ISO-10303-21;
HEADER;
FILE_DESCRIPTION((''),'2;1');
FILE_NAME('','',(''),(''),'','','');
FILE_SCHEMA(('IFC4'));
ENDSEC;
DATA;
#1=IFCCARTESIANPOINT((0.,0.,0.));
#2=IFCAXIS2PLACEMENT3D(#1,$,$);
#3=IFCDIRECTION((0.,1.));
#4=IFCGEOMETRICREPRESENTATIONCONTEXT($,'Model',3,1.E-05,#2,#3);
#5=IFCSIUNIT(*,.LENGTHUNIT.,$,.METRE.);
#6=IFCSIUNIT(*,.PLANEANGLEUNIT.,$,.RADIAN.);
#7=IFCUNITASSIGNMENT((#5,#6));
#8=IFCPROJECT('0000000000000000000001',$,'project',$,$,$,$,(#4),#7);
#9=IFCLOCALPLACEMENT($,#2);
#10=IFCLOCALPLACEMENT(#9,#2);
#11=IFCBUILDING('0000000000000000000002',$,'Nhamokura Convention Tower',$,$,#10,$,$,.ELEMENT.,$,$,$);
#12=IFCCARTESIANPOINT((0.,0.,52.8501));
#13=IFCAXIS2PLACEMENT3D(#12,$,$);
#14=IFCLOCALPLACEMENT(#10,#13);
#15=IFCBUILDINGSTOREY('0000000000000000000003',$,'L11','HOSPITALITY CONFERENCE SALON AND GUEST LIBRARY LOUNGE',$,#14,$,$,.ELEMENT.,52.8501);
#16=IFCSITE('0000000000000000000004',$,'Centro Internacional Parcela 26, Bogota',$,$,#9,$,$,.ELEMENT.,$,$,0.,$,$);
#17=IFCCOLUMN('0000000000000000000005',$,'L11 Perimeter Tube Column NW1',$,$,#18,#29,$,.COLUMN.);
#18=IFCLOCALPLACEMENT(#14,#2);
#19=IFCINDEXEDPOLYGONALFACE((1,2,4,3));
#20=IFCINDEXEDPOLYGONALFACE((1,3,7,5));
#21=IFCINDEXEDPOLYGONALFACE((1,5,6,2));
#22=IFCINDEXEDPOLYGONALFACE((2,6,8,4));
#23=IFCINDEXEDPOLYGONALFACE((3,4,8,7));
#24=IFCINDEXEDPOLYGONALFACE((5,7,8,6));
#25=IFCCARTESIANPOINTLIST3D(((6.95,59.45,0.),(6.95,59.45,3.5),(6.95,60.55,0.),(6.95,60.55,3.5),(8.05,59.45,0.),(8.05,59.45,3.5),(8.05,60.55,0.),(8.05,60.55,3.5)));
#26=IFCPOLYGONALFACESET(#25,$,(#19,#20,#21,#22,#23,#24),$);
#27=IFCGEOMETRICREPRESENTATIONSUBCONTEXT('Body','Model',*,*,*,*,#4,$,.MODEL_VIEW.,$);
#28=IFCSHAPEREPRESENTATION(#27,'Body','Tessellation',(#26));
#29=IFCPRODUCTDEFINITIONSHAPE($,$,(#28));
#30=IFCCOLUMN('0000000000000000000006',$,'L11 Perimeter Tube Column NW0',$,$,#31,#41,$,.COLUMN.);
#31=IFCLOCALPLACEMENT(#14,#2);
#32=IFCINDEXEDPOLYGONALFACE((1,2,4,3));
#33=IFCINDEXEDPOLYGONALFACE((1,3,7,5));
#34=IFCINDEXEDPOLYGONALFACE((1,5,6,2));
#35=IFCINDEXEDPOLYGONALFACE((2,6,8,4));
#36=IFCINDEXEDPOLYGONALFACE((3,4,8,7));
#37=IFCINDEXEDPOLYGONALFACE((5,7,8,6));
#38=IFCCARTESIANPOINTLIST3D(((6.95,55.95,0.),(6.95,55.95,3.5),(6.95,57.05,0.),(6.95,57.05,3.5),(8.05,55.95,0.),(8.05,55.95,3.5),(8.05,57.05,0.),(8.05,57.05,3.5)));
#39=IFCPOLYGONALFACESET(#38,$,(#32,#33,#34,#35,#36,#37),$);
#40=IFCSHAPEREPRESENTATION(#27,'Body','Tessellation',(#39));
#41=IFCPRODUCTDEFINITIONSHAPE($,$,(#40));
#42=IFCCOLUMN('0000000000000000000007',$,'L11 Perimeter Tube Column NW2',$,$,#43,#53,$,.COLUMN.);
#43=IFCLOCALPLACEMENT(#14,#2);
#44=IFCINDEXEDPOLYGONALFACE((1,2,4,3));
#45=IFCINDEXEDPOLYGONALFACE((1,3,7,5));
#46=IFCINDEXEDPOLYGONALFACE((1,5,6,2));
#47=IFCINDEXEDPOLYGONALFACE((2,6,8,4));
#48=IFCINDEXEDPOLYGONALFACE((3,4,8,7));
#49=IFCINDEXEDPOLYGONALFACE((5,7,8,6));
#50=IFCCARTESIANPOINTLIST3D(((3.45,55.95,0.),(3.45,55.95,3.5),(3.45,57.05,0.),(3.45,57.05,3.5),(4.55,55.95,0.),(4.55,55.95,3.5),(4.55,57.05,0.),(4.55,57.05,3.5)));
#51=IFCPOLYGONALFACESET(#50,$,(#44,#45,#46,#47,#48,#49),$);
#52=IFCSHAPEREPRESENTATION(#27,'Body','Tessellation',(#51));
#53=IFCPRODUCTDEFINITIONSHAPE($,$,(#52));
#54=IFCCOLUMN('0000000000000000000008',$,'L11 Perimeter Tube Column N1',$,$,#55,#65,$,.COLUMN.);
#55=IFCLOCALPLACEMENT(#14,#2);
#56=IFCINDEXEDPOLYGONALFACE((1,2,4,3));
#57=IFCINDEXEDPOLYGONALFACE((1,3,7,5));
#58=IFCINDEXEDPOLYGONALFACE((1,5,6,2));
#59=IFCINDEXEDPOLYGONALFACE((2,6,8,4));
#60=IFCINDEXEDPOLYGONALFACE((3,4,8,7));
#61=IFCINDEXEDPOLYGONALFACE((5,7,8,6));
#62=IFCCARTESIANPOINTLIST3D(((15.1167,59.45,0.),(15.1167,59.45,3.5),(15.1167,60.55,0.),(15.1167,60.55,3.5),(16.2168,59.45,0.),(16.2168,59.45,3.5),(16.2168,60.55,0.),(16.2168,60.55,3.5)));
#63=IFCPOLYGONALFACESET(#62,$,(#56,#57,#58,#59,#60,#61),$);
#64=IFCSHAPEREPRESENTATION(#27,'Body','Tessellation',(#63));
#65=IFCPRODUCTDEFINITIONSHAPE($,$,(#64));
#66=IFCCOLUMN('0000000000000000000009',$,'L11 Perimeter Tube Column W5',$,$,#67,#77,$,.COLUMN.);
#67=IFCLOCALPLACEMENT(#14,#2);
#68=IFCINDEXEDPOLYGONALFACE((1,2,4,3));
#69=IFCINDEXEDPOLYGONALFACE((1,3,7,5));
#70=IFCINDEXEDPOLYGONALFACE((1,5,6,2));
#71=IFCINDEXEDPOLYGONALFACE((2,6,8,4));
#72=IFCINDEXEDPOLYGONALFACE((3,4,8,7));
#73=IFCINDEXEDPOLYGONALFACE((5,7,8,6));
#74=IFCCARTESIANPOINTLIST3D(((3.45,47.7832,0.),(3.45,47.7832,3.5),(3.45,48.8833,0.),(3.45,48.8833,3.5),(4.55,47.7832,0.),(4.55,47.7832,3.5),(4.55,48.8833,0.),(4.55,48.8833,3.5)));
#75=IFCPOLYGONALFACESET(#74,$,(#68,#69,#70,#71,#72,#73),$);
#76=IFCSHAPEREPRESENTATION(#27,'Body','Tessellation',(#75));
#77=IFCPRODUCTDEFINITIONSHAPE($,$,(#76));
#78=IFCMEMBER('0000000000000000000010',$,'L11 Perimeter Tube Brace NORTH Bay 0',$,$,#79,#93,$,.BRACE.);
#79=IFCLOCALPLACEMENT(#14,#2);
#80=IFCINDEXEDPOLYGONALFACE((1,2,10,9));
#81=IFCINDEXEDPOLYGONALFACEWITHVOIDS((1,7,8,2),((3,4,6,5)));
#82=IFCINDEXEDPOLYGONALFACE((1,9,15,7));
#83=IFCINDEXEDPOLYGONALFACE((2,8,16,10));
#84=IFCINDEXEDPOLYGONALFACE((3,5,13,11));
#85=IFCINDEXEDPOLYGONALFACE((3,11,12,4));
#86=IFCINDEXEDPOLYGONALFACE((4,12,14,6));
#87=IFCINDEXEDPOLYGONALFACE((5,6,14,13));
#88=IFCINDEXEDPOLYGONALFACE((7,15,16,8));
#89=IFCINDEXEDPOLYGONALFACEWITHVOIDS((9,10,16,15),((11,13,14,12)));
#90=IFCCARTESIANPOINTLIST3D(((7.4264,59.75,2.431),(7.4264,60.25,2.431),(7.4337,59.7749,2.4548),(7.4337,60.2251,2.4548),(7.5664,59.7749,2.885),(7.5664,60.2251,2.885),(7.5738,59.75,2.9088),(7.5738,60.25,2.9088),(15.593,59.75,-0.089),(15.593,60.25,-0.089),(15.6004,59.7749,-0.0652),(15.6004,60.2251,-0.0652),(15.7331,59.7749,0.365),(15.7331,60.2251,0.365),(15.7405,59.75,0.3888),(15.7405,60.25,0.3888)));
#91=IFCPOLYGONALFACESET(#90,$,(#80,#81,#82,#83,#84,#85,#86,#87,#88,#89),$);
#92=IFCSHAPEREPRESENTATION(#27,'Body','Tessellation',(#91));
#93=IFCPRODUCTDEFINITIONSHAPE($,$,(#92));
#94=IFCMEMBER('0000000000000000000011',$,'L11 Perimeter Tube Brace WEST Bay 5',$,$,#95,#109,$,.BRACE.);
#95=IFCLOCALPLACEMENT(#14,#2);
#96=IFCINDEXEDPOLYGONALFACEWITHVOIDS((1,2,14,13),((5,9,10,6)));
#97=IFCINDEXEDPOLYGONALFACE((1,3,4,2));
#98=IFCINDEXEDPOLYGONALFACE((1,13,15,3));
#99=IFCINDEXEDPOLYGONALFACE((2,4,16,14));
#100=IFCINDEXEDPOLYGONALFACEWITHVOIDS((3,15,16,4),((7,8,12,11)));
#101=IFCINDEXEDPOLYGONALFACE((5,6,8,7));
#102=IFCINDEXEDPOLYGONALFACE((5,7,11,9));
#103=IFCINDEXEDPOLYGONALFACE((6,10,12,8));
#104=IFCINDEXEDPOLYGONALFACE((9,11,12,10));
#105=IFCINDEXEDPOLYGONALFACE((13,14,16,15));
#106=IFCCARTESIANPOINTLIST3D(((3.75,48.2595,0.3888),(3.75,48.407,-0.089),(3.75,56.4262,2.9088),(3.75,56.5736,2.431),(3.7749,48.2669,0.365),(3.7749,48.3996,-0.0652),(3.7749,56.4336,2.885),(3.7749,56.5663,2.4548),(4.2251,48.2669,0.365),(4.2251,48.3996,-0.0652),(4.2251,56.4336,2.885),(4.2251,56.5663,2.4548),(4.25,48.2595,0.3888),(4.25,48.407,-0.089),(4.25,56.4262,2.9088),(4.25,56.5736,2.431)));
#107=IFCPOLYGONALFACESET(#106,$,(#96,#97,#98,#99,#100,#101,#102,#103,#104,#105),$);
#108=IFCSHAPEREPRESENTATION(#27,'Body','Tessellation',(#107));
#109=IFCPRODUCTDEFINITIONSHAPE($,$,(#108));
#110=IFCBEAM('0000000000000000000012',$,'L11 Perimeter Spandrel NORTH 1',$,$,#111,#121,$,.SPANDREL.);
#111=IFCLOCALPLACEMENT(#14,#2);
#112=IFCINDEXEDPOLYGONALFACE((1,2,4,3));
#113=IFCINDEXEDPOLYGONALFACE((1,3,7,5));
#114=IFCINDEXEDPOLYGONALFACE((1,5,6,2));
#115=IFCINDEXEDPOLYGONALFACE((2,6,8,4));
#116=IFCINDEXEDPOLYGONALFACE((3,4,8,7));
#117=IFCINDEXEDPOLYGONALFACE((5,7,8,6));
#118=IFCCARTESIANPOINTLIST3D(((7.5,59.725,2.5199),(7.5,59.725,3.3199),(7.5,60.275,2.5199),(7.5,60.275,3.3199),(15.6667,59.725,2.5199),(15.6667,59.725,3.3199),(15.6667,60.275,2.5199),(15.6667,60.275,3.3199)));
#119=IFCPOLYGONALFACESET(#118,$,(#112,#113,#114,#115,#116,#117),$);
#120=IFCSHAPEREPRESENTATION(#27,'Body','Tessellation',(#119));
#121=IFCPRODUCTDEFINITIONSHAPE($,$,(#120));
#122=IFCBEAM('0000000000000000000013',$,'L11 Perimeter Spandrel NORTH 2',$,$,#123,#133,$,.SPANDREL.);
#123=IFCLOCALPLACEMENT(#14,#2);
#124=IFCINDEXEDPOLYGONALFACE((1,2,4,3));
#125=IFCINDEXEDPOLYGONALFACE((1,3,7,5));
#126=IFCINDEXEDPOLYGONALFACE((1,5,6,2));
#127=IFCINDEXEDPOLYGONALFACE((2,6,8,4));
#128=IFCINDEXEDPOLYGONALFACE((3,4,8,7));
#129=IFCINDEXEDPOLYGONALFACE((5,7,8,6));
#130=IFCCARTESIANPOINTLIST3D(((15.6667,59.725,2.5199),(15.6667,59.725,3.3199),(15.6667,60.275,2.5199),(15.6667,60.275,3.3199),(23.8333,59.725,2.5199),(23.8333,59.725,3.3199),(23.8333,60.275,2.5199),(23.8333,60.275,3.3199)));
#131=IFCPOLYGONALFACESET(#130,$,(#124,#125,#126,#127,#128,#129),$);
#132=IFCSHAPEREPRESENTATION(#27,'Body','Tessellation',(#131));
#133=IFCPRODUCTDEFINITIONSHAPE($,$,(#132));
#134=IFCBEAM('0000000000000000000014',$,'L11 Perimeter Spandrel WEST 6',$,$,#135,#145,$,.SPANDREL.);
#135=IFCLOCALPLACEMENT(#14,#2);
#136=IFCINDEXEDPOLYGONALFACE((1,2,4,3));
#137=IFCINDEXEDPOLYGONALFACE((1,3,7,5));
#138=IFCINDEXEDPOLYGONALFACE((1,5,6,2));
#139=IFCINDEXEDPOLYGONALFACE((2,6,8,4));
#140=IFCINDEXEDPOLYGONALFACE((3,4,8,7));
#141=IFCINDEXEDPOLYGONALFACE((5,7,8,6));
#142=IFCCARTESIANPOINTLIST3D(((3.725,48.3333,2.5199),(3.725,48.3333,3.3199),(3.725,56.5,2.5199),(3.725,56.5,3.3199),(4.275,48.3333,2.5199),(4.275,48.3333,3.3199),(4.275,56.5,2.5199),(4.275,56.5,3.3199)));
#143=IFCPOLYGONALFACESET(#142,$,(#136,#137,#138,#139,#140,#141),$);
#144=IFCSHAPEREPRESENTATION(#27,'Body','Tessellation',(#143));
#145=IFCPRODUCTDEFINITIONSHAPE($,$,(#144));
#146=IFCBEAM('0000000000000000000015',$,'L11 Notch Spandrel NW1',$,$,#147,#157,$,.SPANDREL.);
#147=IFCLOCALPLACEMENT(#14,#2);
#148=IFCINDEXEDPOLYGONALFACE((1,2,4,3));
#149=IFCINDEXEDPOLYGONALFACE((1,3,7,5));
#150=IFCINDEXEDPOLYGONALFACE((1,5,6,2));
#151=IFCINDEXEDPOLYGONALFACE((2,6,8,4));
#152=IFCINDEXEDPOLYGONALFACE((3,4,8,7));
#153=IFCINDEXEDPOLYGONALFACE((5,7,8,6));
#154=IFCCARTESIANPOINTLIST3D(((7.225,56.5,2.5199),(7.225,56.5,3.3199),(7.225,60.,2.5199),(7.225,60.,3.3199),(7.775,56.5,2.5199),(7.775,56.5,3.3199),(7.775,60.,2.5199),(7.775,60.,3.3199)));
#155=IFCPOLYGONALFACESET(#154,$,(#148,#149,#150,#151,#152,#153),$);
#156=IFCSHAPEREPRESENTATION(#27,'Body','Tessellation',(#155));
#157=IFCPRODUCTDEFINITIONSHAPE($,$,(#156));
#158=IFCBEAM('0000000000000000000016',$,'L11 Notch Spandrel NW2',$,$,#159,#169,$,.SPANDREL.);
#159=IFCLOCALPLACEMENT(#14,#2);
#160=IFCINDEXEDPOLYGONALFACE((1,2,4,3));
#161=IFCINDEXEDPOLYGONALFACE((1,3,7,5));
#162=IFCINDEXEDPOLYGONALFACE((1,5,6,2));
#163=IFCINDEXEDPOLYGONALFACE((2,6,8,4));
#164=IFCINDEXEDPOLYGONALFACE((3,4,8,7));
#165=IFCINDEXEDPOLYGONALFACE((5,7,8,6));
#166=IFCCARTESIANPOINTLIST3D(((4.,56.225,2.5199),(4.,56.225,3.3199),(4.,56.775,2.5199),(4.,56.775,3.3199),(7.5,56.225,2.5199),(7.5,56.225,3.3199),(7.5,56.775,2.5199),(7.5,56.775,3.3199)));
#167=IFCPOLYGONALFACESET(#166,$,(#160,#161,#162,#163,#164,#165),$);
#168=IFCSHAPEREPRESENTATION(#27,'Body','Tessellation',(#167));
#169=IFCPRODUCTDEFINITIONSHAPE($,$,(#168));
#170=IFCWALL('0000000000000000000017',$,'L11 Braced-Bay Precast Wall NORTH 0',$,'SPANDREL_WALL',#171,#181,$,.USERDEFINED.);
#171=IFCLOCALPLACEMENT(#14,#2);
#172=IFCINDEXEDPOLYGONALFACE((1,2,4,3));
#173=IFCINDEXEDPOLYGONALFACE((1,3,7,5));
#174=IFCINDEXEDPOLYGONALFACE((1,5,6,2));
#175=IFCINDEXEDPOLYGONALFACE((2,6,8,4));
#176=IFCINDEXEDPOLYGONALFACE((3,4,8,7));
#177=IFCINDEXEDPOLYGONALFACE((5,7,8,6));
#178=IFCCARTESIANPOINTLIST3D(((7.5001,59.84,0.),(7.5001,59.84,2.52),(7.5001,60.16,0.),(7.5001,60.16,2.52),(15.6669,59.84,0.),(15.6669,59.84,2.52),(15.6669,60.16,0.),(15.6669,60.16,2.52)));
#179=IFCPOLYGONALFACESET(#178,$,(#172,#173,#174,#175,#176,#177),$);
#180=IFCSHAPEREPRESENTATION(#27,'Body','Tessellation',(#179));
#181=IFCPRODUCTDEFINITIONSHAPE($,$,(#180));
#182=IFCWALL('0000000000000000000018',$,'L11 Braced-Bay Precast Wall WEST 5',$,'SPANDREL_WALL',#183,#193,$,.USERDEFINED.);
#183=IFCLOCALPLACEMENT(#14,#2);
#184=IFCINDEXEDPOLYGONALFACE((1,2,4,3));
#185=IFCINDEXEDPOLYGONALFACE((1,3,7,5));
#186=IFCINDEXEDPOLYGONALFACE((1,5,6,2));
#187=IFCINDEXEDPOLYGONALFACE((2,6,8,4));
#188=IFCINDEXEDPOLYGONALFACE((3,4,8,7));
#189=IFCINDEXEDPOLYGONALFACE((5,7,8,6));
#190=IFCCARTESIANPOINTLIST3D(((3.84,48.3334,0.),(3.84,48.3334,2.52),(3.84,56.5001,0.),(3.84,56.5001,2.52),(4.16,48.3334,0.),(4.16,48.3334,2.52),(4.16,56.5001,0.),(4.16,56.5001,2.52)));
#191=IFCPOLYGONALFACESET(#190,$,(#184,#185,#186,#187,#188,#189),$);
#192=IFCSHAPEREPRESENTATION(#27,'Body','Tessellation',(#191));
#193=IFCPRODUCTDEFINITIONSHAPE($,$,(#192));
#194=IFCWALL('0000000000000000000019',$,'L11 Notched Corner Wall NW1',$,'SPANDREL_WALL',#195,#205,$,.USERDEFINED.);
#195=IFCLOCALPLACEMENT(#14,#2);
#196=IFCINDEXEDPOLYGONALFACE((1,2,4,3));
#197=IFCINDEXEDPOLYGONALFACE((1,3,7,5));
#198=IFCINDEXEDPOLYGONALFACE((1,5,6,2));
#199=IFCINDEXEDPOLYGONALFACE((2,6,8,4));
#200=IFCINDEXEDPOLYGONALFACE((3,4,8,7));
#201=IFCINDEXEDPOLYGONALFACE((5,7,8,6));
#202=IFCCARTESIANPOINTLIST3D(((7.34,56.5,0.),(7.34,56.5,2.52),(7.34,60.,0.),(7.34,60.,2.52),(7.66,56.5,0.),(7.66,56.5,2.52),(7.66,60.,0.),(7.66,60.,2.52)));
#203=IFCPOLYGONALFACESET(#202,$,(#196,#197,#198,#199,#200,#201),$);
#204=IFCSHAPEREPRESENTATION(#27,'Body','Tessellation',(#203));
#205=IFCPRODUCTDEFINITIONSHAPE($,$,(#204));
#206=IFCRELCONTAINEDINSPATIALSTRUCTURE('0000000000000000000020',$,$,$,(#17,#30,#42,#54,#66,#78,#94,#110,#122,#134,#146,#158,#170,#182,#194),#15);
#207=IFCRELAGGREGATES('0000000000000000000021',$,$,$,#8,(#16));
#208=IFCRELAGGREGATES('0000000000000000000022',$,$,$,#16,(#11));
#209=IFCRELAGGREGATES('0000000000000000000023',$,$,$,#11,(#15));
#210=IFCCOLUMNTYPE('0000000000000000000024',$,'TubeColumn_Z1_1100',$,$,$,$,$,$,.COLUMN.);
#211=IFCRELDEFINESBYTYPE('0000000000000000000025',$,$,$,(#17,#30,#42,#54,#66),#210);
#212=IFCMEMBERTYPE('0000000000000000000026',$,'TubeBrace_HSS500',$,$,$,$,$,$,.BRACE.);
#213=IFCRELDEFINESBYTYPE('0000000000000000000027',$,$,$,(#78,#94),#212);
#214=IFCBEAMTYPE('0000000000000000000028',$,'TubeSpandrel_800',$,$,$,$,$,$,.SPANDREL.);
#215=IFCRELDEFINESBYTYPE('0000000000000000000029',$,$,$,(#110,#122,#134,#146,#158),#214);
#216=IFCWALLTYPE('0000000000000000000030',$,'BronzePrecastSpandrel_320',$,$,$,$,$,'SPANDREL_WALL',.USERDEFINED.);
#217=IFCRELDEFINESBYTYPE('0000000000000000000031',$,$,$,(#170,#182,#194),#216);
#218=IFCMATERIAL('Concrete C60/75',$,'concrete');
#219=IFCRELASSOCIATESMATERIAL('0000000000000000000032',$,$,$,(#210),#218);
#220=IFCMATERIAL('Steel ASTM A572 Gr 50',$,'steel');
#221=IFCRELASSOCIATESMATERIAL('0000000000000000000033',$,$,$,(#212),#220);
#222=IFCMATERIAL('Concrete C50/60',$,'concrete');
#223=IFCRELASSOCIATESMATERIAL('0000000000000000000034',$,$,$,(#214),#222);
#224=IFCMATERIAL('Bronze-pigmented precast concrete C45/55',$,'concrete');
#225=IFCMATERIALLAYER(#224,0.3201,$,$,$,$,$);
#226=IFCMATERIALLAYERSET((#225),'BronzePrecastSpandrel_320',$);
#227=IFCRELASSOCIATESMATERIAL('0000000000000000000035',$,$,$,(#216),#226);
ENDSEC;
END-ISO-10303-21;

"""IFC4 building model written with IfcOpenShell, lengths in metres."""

from ifc_helpers import new_model, si_unit, direction, frame, frame_2d, origin, origin_2d, place, context, subcontext, project, spatial, rectangle, hollow_rectangle, extrude, material, layer, layer_set, material_profile, profile_set, type_object, element, save


model = new_model("IFC4")

# Units and contexts
model_context = context("Model", 3, precision=1e-05, world=origin(), true_north=direction((0.0, 1.0)))
body_context = subcontext(model_context, "Body", "Model", "MODEL_VIEW")
ifc_project = project(units=[si_unit("LENGTHUNIT", "METRE"), si_unit("PLANEANGLEUNIT", "RADIAN")], contexts=[model_context])

# Site, building, storey
site_placement = place(None, origin())
site = spatial("IfcSite", under=ifc_project, at=site_placement, Name="Centro Internacional Parcela 26, Bogota", CompositionType="ELEMENT", RefElevation=0.0)
building_placement = place(site_placement, origin())
building = spatial("IfcBuilding", under=site, at=building_placement, Name="Nhamokura Convention Tower", CompositionType="ELEMENT")
storey_placement = place(building_placement, frame((0.0, 0.0, 52.8501)))
storey = spatial("IfcBuildingStorey", under=building, at=storey_placement, Name="L11", Description="HOSPITALITY CONFERENCE SALON AND GUEST LIBRARY LOUNGE", CompositionType="ELEMENT", Elevation=52.8501)

# Columns
ifc_material_1 = material(Name="Concrete C60/75", Category="concrete")
ifc_material_profile_1 = material_profile(ifc_material_1, rectangle(XDim=1.1001, YDim=1.1001, at=origin_2d()))
ifc_profile_set_1 = profile_set([ifc_material_profile_1], Name="Concrete C60/75")
column_type = type_object("IfcColumnType", Name="TubeColumn_Z1_1100", PredefinedType="COLUMN", material=ifc_profile_set_1)
for number, where, z_axis, x_axis, name in (
    (1, (7.5, 60.0, 0.0), (0.0, 0.0, 1.0), (1.0, 0.0, 0.0), "L11 Perimeter Tube Column NW1"),
    (2, (7.5, 56.5, 0.0), (0.0, 0.0, 1.0), (1.0, 0.0, 0.0), "L11 Perimeter Tube Column NW0"),
    (3, (4.0, 56.5, 0.0), (0.0, 0.0, 1.0), (1.0, 0.0, 0.0), "L11 Perimeter Tube Column NW2"),
    (4, (15.6667, 60.0, 0.0), (0.0, 0.0, 1.0), (1.0, 0.0, 0.0), "L11 Perimeter Tube Column N1"),
    (5, (4.0, 48.3333, 0.0), (0.0, 0.0, 1.0), (1.0, 0.0, 0.0), "L11 Perimeter Tube Column W5"),
):
    element("IfcColumn", number, at=place(storey_placement, frame(where, z_axis=z_axis, x_axis=x_axis)), inside=storey, type_object=column_type, Name=name, PredefinedType="COLUMN", context=body_context, shape_type="SweptSolid", body=[
        extrude(rectangle(XDim=1.1001, YDim=1.1001, at=origin_2d()), origin(), (0.0, 0.0, 1.0), 3.5),
    ])

# Members
ifc_material_2 = material(Name="Steel ASTM A572 Gr 50", Category="steel")
ifc_material_profile_2 = material_profile(ifc_material_2, hollow_rectangle(XDim=0.5, YDim=0.5, WallThickness=0.0249, at=origin_2d()))
ifc_profile_set_2 = profile_set([ifc_material_profile_2], Name="Steel ASTM A572 Gr 50")
member_type = type_object("IfcMemberType", Name="TubeBrace_HSS500", PredefinedType="BRACE", material=ifc_profile_set_2)
for number, where, z_axis, x_axis, name in (
    (6, (15.6667, 60.0, 0.1499), (-0.955543, 0.0, 0.294853), (0.0, -1.0, 0.0), "L11 Perimeter Tube Brace NORTH Bay 0"),
    (7, (4.0, 48.3333, 0.1499), (0.0, 0.955543, 0.294853), (-1.0, 0.0, 0.0), "L11 Perimeter Tube Brace WEST Bay 5"),
):
    element("IfcMember", number, at=place(storey_placement, frame(where, z_axis=z_axis, x_axis=x_axis)), inside=storey, type_object=member_type, Name=name, PredefinedType="BRACE", context=body_context, shape_type="SweptSolid", body=[
        extrude(hollow_rectangle(XDim=0.5, YDim=0.5, WallThickness=0.0249, at=origin_2d()), origin(), (0.0, 0.0, 1.0), 8.5466),
    ])

# Beams
ifc_material_3 = material(Name="Concrete C50/60", Category="concrete")
ifc_material_profile_3 = material_profile(ifc_material_3, rectangle(XDim=0.55, YDim=0.8, at=origin_2d()))
ifc_profile_set_3 = profile_set([ifc_material_profile_3], Name="Concrete C50/60")
beam_type = type_object("IfcBeamType", Name="TubeSpandrel_800", PredefinedType="SPANDREL", material=ifc_profile_set_3)
beam_1_placement = place(storey_placement, frame((7.5, 60.0, 2.9199), z_axis=(1.0, 0.0, 0.0), x_axis=(0.0, 1.0, 0.0)))
element("IfcBeam", 8, at=beam_1_placement, inside=storey, type_object=beam_type, Name="L11 Perimeter Spandrel NORTH 1", PredefinedType="SPANDREL", context=body_context, shape_type="SweptSolid", body=[
    extrude(rectangle(XDim=0.55, YDim=0.8, at=origin_2d()), origin(), (0.0, 0.0, 1.0), 8.1667),
])
beam_2_placement = place(storey_placement, frame((15.6667, 60.0, 2.9199), z_axis=(1.0, 0.0, 0.0), x_axis=(0.0, 1.0, 0.0)))
element("IfcBeam", 9, at=beam_2_placement, inside=storey, type_object=beam_type, Name="L11 Perimeter Spandrel NORTH 2", PredefinedType="SPANDREL", context=body_context, shape_type="SweptSolid", body=[
    extrude(rectangle(XDim=0.55, YDim=0.8, at=origin_2d()), origin(), (0.0, 0.0, 1.0), 8.1665),
])
beam_3_placement = place(storey_placement, frame((4.0, 48.3333, 2.9199), z_axis=(0.0, 1.0, 0.0), x_axis=(-1.0, 0.0, 0.0)))
element("IfcBeam", 10, at=beam_3_placement, inside=storey, type_object=beam_type, Name="L11 Perimeter Spandrel WEST 6", PredefinedType="SPANDREL", context=body_context, shape_type="SweptSolid", body=[
    extrude(rectangle(XDim=0.55, YDim=0.8, at=origin_2d()), origin(), (0.0, 0.0, 1.0), 8.1667),
])
for number, where, z_axis, x_axis, name in (
    (11, (7.5, 60.0, 2.9199), (0.0, -1.0, 0.0), (1.0, 0.0, 0.0), "L11 Notch Spandrel NW1"),
    (12, (7.5, 56.5, 2.9199), (-1.0, 0.0, 0.0), (0.0, -1.0, 0.0), "L11 Notch Spandrel NW2"),
):
    element("IfcBeam", number, at=place(storey_placement, frame(where, z_axis=z_axis, x_axis=x_axis)), inside=storey, type_object=beam_type, Name=name, PredefinedType="SPANDREL", context=body_context, shape_type="SweptSolid", body=[
        extrude(rectangle(XDim=0.55, YDim=0.8, at=origin_2d()), origin(), (0.0, 0.0, 1.0), 3.5),
    ])

# Walls
ifc_material_4 = material(Name="Bronze-pigmented precast concrete C45/55", Category="concrete")
ifc_layer = layer(ifc_material_4, 0.3201)
ifc_layer_set = layer_set([ifc_layer], Name="BronzePrecastSpandrel_320")
wall_type = type_object("IfcWallType", Name="BronzePrecastSpandrel_320", ElementType="SPANDREL_WALL", PredefinedType="USERDEFINED", material=ifc_layer_set)
for number, where, z_axis, x_axis, name in (
    (13, (7.5, 60.0, 0.0), (0.0, 0.0, 1.0), (1.0, 0.0, 0.0), "L11 Braced-Bay Precast Wall NORTH 0"),
    (14, (4.0, 48.3333, 0.0), (0.0, 0.0, 1.0), (0.0, 1.0, 0.0), "L11 Braced-Bay Precast Wall WEST 5"),
):
    element("IfcWall", number, at=place(storey_placement, frame(where, z_axis=z_axis, x_axis=x_axis)), inside=storey, type_object=wall_type, Name=name, ObjectType="SPANDREL_WALL", PredefinedType="USERDEFINED", context=body_context, shape_type="SweptSolid", body=[
        extrude(rectangle(XDim=8.1667, YDim=0.3201, at=frame_2d((4.0835, 0.0))), origin(), (0.0, 0.0, 1.0), 2.52),
    ])
for number, where, z_axis, x_axis, name in (
    (15, (7.5, 56.5, 0.0), (0.0, 0.0, 1.0), (0.0, 1.0, 0.0), "L11 Notched Corner Wall NW1"),
):
    element("IfcWall", number, at=place(storey_placement, frame(where, z_axis=z_axis, x_axis=x_axis)), inside=storey, type_object=wall_type, Name=name, ObjectType="SPANDREL_WALL", PredefinedType="USERDEFINED", context=body_context, shape_type="SweptSolid", body=[
        extrude(rectangle(XDim=3.5, YDim=0.3201, at=frame_2d((1.75, 0.0))), origin(), (0.0, 0.0, 1.0), 2.52),
    ])

save(model, "model.ifc")
